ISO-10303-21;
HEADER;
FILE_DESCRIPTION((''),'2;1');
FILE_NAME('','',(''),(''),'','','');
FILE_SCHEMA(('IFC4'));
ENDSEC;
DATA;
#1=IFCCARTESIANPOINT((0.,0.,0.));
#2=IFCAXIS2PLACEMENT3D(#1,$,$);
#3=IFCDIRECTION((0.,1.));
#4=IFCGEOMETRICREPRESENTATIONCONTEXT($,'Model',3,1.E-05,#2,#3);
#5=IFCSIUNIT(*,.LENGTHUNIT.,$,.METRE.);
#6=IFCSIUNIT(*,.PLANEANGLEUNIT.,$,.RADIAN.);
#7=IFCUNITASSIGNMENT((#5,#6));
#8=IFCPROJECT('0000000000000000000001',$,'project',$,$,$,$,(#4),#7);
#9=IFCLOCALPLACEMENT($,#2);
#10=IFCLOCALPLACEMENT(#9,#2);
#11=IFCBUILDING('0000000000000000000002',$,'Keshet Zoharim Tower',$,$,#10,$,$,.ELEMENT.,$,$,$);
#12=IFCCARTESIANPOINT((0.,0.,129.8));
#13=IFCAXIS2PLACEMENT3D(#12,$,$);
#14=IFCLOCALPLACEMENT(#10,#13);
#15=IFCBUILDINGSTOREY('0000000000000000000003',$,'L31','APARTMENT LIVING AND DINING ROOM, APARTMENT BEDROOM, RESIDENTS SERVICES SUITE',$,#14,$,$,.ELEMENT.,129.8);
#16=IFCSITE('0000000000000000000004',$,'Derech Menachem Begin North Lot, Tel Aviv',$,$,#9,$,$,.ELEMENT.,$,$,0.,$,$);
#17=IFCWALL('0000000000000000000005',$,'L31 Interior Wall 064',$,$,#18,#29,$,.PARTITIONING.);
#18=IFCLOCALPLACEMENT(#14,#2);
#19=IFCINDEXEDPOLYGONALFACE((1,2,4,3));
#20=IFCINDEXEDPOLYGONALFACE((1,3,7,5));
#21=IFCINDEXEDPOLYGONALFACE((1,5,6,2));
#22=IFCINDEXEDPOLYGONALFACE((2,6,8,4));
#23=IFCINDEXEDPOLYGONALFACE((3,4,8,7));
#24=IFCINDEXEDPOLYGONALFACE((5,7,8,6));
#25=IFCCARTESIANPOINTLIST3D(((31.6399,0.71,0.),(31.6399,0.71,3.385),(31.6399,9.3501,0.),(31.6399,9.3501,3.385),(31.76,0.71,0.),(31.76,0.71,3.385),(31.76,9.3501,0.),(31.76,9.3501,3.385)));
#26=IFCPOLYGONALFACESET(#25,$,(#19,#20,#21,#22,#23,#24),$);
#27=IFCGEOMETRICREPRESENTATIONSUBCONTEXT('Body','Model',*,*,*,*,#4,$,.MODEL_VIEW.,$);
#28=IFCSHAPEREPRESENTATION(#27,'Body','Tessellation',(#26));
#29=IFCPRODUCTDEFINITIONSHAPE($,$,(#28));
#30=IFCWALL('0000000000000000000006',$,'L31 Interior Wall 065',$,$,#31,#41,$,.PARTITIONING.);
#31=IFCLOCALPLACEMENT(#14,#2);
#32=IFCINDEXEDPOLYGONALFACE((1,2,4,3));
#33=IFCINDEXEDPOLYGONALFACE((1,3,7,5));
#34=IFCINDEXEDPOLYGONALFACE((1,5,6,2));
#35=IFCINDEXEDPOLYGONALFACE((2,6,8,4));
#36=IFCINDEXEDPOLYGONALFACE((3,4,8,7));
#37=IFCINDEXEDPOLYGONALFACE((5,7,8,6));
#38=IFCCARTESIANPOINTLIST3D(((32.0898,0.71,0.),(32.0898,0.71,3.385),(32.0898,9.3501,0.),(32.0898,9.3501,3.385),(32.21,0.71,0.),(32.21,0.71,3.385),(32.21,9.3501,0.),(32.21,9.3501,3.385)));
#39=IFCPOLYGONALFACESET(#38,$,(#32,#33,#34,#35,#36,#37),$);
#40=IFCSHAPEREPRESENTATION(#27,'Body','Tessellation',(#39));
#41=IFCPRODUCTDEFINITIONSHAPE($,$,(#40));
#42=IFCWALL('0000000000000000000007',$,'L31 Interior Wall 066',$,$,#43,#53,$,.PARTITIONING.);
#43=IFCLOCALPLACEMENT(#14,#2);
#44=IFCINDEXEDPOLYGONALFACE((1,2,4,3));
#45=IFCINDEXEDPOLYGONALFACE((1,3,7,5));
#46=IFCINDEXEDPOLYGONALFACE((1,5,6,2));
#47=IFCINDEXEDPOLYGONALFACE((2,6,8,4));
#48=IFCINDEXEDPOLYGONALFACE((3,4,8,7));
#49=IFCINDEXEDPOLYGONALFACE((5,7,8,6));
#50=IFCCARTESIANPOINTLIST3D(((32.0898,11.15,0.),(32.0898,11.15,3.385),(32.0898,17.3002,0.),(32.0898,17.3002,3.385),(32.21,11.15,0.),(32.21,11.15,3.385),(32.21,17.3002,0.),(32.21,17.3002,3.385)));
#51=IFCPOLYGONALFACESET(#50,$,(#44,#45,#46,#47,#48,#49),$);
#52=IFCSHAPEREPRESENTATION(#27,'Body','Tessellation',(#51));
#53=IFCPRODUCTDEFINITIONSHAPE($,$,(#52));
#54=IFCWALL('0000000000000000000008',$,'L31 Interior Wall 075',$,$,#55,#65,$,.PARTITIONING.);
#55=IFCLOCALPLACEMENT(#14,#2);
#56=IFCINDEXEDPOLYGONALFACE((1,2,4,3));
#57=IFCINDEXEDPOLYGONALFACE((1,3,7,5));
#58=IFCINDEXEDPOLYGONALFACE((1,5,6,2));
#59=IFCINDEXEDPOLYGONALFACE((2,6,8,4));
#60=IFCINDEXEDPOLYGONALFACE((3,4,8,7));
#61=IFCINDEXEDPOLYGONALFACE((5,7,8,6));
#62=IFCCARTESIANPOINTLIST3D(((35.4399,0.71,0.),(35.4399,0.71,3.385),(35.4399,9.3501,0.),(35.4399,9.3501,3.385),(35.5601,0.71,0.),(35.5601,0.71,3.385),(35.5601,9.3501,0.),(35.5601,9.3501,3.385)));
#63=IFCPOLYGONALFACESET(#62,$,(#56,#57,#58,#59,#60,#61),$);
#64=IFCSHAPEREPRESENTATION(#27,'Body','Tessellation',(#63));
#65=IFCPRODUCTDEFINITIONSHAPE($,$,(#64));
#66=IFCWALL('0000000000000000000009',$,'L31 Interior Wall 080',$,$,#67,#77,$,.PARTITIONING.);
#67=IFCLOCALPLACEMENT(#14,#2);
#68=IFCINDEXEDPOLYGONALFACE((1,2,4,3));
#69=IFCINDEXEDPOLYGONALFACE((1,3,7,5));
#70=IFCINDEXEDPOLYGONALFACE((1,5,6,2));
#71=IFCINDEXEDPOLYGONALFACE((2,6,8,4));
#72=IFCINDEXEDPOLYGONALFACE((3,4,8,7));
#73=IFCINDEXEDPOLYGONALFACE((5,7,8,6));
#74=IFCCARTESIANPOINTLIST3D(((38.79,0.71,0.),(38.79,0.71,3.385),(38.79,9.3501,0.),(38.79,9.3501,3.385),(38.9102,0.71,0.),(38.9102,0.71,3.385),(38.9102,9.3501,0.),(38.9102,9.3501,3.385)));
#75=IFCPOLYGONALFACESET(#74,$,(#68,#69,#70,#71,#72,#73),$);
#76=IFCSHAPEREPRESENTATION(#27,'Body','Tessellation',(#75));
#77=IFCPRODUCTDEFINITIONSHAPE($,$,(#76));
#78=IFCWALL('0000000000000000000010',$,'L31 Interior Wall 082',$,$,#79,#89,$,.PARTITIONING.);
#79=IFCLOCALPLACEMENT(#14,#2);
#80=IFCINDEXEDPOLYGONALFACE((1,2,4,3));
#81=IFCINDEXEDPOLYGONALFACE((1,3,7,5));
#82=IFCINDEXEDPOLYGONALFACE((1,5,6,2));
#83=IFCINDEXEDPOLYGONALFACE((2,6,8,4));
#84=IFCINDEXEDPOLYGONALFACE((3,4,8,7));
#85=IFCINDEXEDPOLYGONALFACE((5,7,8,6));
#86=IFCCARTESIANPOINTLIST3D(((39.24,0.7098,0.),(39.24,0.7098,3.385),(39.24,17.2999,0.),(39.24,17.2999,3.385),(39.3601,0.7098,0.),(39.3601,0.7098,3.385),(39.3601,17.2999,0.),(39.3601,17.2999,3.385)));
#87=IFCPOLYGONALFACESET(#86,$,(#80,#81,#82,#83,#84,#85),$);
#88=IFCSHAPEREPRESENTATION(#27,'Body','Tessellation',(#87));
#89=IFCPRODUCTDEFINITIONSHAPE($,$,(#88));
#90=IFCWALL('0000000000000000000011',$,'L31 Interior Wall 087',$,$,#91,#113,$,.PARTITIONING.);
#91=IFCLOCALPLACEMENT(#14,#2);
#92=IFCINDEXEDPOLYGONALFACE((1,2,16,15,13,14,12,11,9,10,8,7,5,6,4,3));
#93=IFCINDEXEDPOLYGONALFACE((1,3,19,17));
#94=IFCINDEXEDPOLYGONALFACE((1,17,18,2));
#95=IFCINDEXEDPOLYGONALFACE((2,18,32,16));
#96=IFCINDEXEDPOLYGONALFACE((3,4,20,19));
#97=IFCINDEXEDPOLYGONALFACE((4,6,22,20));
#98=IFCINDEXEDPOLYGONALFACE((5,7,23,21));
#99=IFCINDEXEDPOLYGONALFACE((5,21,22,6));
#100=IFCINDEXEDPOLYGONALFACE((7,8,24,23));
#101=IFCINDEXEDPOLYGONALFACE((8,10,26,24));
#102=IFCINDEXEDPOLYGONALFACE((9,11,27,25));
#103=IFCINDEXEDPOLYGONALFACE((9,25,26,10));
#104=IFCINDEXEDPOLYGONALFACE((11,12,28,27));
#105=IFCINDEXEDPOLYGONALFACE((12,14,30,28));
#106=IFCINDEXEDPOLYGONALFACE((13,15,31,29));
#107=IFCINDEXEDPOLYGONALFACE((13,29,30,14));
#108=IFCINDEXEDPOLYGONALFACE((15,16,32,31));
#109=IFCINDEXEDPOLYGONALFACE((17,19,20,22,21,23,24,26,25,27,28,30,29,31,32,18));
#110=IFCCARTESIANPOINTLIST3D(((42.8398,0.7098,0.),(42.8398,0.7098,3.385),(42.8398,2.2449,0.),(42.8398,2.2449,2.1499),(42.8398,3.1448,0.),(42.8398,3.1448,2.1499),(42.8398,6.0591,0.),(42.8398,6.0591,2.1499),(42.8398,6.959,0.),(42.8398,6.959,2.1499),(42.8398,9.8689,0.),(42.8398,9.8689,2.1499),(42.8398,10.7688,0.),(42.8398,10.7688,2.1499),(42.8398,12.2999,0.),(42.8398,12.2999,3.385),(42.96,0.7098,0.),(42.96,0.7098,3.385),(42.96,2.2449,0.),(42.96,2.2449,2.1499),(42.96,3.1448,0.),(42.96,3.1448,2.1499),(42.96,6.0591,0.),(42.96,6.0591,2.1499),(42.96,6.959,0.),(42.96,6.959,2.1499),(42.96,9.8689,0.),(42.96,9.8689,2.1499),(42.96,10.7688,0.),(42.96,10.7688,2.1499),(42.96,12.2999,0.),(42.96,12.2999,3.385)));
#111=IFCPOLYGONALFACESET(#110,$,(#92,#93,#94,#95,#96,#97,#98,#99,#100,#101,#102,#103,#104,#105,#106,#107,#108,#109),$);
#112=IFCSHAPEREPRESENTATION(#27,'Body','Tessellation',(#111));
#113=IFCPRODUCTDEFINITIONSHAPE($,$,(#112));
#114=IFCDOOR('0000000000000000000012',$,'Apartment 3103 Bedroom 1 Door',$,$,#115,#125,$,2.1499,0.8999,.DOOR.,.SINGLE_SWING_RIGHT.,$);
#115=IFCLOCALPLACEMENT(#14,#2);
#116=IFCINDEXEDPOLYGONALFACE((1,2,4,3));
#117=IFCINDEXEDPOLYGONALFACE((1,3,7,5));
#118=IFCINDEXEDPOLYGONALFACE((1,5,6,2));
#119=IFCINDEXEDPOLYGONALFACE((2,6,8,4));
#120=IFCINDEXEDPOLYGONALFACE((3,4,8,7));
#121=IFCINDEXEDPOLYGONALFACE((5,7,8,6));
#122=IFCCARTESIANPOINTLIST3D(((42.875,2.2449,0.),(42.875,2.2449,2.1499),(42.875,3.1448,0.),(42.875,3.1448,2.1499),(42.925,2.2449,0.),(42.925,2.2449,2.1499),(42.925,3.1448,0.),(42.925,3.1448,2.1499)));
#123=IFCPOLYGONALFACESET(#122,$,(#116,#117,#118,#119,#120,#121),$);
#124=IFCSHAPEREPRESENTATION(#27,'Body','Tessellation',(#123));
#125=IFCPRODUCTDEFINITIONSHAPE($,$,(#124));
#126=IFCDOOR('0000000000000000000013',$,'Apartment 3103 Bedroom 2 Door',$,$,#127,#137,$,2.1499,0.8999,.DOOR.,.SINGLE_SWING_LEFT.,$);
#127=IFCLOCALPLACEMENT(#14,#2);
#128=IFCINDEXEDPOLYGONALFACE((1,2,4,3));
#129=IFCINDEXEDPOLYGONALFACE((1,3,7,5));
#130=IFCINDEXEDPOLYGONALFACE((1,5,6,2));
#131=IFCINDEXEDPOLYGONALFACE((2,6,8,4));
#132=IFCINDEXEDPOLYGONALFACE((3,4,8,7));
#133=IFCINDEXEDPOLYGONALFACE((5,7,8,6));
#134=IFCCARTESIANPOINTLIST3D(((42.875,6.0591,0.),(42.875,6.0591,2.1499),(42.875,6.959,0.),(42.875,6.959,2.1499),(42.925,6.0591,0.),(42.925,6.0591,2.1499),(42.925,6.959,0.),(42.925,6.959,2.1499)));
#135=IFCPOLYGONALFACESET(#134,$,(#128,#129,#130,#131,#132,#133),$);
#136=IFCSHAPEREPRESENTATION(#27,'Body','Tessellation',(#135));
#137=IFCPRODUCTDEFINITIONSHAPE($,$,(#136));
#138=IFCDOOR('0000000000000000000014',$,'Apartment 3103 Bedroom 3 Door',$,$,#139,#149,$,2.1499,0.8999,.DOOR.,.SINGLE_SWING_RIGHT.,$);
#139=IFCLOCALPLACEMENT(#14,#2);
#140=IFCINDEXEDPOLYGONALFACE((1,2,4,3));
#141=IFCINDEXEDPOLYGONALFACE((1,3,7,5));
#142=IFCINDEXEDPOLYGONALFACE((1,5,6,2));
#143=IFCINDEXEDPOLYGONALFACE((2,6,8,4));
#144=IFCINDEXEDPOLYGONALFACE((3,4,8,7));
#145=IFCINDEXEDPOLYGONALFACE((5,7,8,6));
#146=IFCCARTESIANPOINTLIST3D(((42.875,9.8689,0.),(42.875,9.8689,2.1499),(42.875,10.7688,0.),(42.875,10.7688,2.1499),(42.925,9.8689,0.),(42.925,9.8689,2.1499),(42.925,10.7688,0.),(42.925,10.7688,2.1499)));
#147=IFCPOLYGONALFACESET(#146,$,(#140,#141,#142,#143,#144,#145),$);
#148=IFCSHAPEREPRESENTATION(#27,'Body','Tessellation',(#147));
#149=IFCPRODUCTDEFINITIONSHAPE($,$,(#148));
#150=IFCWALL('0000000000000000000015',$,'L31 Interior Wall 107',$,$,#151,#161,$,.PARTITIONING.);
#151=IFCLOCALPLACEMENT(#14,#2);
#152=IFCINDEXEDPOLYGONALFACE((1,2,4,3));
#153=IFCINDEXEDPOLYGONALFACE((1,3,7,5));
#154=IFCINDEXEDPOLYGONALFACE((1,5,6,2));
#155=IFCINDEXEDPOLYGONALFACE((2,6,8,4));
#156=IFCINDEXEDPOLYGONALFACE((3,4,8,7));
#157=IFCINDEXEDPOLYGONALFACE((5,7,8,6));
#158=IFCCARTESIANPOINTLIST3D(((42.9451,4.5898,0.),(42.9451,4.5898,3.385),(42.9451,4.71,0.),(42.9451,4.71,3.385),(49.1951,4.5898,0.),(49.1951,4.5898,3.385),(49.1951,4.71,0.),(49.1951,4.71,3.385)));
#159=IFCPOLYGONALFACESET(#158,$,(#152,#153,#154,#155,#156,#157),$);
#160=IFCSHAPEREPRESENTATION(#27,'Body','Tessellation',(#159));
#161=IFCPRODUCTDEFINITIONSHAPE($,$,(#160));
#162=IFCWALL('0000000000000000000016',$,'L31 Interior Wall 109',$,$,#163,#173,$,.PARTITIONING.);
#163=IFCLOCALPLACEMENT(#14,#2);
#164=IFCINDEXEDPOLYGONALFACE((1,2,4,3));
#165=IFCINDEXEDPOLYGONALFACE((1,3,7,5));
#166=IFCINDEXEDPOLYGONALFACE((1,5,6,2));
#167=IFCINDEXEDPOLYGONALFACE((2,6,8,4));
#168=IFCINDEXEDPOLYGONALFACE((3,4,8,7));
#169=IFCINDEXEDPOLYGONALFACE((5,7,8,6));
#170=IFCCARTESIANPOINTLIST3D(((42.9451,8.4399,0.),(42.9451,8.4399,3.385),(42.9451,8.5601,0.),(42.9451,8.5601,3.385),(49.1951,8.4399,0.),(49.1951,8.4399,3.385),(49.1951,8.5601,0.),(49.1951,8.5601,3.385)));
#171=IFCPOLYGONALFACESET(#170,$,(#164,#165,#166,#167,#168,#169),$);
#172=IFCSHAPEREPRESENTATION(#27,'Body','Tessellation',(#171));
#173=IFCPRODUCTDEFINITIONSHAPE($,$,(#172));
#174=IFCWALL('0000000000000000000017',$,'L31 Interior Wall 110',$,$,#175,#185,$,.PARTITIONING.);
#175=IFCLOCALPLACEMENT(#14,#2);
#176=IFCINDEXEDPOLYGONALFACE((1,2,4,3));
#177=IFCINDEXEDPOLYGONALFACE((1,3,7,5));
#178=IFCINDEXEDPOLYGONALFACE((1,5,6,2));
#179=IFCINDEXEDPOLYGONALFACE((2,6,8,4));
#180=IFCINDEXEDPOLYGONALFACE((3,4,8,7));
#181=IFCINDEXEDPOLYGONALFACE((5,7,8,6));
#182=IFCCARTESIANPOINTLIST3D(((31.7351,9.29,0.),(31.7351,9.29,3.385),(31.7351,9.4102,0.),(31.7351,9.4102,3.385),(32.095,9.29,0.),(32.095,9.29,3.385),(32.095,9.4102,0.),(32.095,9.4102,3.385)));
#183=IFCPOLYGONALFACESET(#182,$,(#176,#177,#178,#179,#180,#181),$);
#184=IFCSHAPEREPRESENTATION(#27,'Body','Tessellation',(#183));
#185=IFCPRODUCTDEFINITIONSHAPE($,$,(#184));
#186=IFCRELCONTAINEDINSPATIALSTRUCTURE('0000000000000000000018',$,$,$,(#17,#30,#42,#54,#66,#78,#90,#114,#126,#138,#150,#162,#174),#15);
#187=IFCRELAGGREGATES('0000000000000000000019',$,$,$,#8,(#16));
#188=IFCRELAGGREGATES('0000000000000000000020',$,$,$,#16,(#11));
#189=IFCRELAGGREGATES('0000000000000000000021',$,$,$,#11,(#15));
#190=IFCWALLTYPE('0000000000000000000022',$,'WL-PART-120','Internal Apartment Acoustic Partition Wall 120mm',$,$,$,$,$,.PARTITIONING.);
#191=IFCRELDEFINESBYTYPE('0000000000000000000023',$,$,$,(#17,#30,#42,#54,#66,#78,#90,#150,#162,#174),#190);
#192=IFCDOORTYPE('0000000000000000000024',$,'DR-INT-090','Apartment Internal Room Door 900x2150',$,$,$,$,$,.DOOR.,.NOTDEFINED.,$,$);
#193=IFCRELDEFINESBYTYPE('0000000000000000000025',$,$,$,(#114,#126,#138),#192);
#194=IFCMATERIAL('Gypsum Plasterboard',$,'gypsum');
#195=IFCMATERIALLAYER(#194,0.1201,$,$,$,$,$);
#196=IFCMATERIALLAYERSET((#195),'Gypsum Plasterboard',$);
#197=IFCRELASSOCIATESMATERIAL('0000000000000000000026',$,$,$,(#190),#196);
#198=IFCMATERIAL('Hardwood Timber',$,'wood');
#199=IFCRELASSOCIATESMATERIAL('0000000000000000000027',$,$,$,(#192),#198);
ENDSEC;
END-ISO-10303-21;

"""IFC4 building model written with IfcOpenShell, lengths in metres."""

from ifc_helpers import new_model, si_unit, direction, frame, frame_2d, origin, place, context, subcontext, project, spatial, rectangle, extrude, material, layer, layer_set, type_object, element, fill, save


model = new_model("IFC4")

# Units and contexts
model_context = context("Model", 3, precision=1e-05, world=origin(), true_north=direction((0.0, 1.0)))
body_context = subcontext(model_context, "Body", "Model", "MODEL_VIEW")
ifc_project = project(units=[si_unit("LENGTHUNIT", "METRE"), si_unit("PLANEANGLEUNIT", "RADIAN")], contexts=[model_context])

# Site, building, storey
site_placement = place(None, origin())
site = spatial("IfcSite", under=ifc_project, at=site_placement, Name="Derech Menachem Begin North Lot, Tel Aviv", CompositionType="ELEMENT", RefElevation=0.0)
building_placement = place(site_placement, origin())
building = spatial("IfcBuilding", under=site, at=building_placement, Name="Keshet Zoharim Tower", CompositionType="ELEMENT")
storey_placement = place(building_placement, frame((0.0, 0.0, 129.8)))
storey = spatial("IfcBuildingStorey", under=building, at=storey_placement, Name="L31", Description="APARTMENT LIVING AND DINING ROOM, APARTMENT BEDROOM, RESIDENTS SERVICES SUITE", CompositionType="ELEMENT", Elevation=129.8)

# Walls
ifc_material_1 = material(Name="Gypsum Plasterboard", Category="gypsum")
ifc_layer_1 = layer(ifc_material_1, 0.1201)
ifc_layer_set_1 = layer_set([ifc_layer_1], Name="Gypsum Plasterboard")
wall_type = type_object("IfcWallType", Name="WL-PART-120", Description="Internal Apartment Acoustic Partition Wall 120mm", PredefinedType="PARTITIONING", material=ifc_layer_set_1)
for number, where, z_axis, x_axis, name in (
    (1, (31.7, 0.71, 0.0), (0.0, 0.0, 1.0), (0.0, 1.0, 0.0), "L31 Interior Wall 064"),
    (2, (32.1499, 0.71, 0.0), (0.0, 0.0, 1.0), (0.0, 1.0, 0.0), "L31 Interior Wall 065"),
):
    element("IfcWall", number, at=place(storey_placement, frame(where, z_axis=z_axis, x_axis=x_axis)), inside=storey, type_object=wall_type, Name=name, PredefinedType="PARTITIONING", context=body_context, shape_type="SweptSolid", body=[
        extrude(rectangle(XDim=8.6401, YDim=0.1201, at=frame_2d((4.3201, 0.0))), origin(), (0.0, 0.0, 1.0), 3.385),
    ])
wall_1_placement = place(storey_placement, frame((32.1499, 11.1499, 0.0), z_axis=(0.0, 0.0, 1.0), x_axis=(0.0, 1.0, 0.0)))
element("IfcWall", 3, at=wall_1_placement, inside=storey, type_object=wall_type, Name="L31 Interior Wall 066", PredefinedType="PARTITIONING", context=body_context, shape_type="SweptSolid", body=[
    extrude(rectangle(XDim=6.1501, YDim=0.1201, at=frame_2d((3.0752, 0.0))), origin(), (0.0, 0.0, 1.0), 3.385),
])
for number, where, z_axis, x_axis, name in (
    (4, (35.5, 0.71, 0.0), (0.0, 0.0, 1.0), (0.0, 1.0, 0.0), "L31 Interior Wall 075"),
    (5, (38.8501, 0.71, 0.0), (0.0, 0.0, 1.0), (0.0, 1.0, 0.0), "L31 Interior Wall 080"),
):
    element("IfcWall", number, at=place(storey_placement, frame(where, z_axis=z_axis, x_axis=x_axis)), inside=storey, type_object=wall_type, Name=name, PredefinedType="PARTITIONING", context=body_context, shape_type="SweptSolid", body=[
        extrude(rectangle(XDim=8.6401, YDim=0.1201, at=frame_2d((4.3201, 0.0))), origin(), (0.0, 0.0, 1.0), 3.385),
    ])
wall_2_placement = place(storey_placement, frame((39.3, 0.71, 0.0), z_axis=(0.0, 0.0, 1.0), x_axis=(0.0, 1.0, 0.0)))
element("IfcWall", 6, at=wall_2_placement, inside=storey, type_object=wall_type, Name="L31 Interior Wall 082", PredefinedType="PARTITIONING", context=body_context, shape_type="SweptSolid", body=[
    extrude(rectangle(XDim=16.5901, YDim=0.1201, at=frame_2d((8.2949, 0.0))), origin(), (0.0, 0.0, 1.0), 3.385),
])

# Wall, openings, doors
wall_3_placement = place(storey_placement, frame((42.8999, 0.71, 0.0), z_axis=(0.0, 0.0, 1.0), x_axis=(0.0, 1.0, 0.0)))
wall_3 = element("IfcWall", 7, at=wall_3_placement, inside=storey, type_object=wall_type, Name="L31 Interior Wall 087", PredefinedType="PARTITIONING", context=body_context, shape_type="SweptSolid", body=[
    extrude(rectangle(XDim=11.5901, YDim=0.1201, at=frame_2d((5.7949, 0.0))), origin(), (0.0, 0.0, 1.0), 3.385),
])
opening_1_placement = place(wall_3_placement, frame((1.5349, 0.0, 0.0)))
opening_1 = element("IfcOpeningElement", 8, at=opening_1_placement, cuts=wall_3, PredefinedType="OPENING", context=body_context, shape_type="SweptSolid", body=[
    extrude(rectangle(XDim=0.8999, YDim=2.1499, at=frame_2d((0.45, 1.075))), frame((0.0, 0.0701, 0.0), z_axis=(0.0, -1.0, 0.0), x_axis=(1.0, 0.0, 0.0)), (0.0, 0.0, 1.0), 0.1401),
])
opening_2_placement = place(wall_3_placement, frame((5.3491, 0.0, 0.0)))
opening_2 = element("IfcOpeningElement", 9, at=opening_2_placement, cuts=wall_3, PredefinedType="OPENING", context=body_context, shape_type="SweptSolid", body=[
    extrude(rectangle(XDim=0.8999, YDim=2.1499, at=frame_2d((0.45, 1.075))), frame((0.0, 0.0701, 0.0), z_axis=(0.0, -1.0, 0.0), x_axis=(1.0, 0.0, 0.0)), (0.0, 0.0, 1.0), 0.1401),
])
opening_3_placement = place(wall_3_placement, frame((9.1589, 0.0, 0.0)))
opening_3 = element("IfcOpeningElement", 10, at=opening_3_placement, cuts=wall_3, PredefinedType="OPENING", context=body_context, shape_type="SweptSolid", body=[
    extrude(rectangle(XDim=0.8999, YDim=2.1499, at=frame_2d((0.45, 1.075))), frame((0.0, 0.0701, 0.0), z_axis=(0.0, -1.0, 0.0), x_axis=(1.0, 0.0, 0.0)), (0.0, 0.0, 1.0), 0.1401),
])
ifc_material_2 = material(Name="Hardwood Timber", Category="wood")
door_type = type_object("IfcDoorType", Name="DR-INT-090", Description="Apartment Internal Room Door 900x2150", OperationType="NOTDEFINED", PredefinedType="DOOR", material=ifc_material_2)
door_1_placement = place(opening_1_placement, origin())
door_1 = element("IfcDoor", 11, at=door_1_placement, inside=storey, type_object=door_type, Name="Apartment 3103 Bedroom 1 Door", OperationType="SINGLE_SWING_RIGHT", OverallHeight=2.1499, OverallWidth=0.8999, PredefinedType="DOOR", context=body_context, shape_type="SweptSolid", body=[
    extrude(rectangle(XDim=0.8999, YDim=2.1499, at=frame_2d((0.45, 1.075))), frame((0.0, 0.0249, 0.0), z_axis=(0.0, -1.0, 0.0), x_axis=(1.0, 0.0, 0.0)), (0.0, 0.0, 1.0), 0.05),
])
fill(opening_1, door_1)
door_2_placement = place(opening_2_placement, origin())
door_2 = element("IfcDoor", 12, at=door_2_placement, inside=storey, type_object=door_type, Name="Apartment 3103 Bedroom 2 Door", OperationType="SINGLE_SWING_LEFT", OverallHeight=2.1499, OverallWidth=0.8999, PredefinedType="DOOR", context=body_context, shape_type="SweptSolid", body=[
    extrude(rectangle(XDim=0.8999, YDim=2.1499, at=frame_2d((0.45, 1.075))), frame((0.0, 0.0249, 0.0), z_axis=(0.0, -1.0, 0.0), x_axis=(1.0, 0.0, 0.0)), (0.0, 0.0, 1.0), 0.05),
])
fill(opening_2, door_2)
door_3_placement = place(opening_3_placement, origin())
door_3 = element("IfcDoor", 13, at=door_3_placement, inside=storey, type_object=door_type, Name="Apartment 3103 Bedroom 3 Door", OperationType="SINGLE_SWING_RIGHT", OverallHeight=2.1499, OverallWidth=0.8999, PredefinedType="DOOR", context=body_context, shape_type="SweptSolid", body=[
    extrude(rectangle(XDim=0.8999, YDim=2.1499, at=frame_2d((0.45, 1.075))), frame((0.0, 0.0249, 0.0), z_axis=(0.0, -1.0, 0.0), x_axis=(1.0, 0.0, 0.0)), (0.0, 0.0, 1.0), 0.05),
])
fill(opening_3, door_3)

# Walls
for number, where, z_axis, x_axis, name in (
    (14, (42.9451, 4.6499, 0.0), (0.0, 0.0, 1.0), (1.0, 0.0, 0.0), "L31 Interior Wall 107"),
    (15, (42.9451, 8.5, 0.0), (0.0, 0.0, 1.0), (1.0, 0.0, 0.0), "L31 Interior Wall 109"),
):
    element("IfcWall", number, at=place(storey_placement, frame(where, z_axis=z_axis, x_axis=x_axis)), inside=storey, type_object=wall_type, Name=name, PredefinedType="PARTITIONING", context=body_context, shape_type="SweptSolid", body=[
        extrude(rectangle(XDim=6.25, YDim=0.1201, at=frame_2d((3.125, 0.0))), origin(), (0.0, 0.0, 1.0), 3.385),
    ])
wall_4_placement = place(storey_placement, frame((31.7351, 9.3501, 0.0), z_axis=(0.0, 0.0, 1.0), x_axis=(1.0, 0.0, 0.0)))
element("IfcWall", 16, at=wall_4_placement, inside=storey, type_object=wall_type, Name="L31 Interior Wall 110", PredefinedType="PARTITIONING", context=body_context, shape_type="SweptSolid", body=[
    extrude(rectangle(XDim=0.3599, YDim=0.1201, at=frame_2d((0.1799, 0.0))), origin(), (0.0, 0.0, 1.0), 3.385),
])

save(model, "model.ifc")
